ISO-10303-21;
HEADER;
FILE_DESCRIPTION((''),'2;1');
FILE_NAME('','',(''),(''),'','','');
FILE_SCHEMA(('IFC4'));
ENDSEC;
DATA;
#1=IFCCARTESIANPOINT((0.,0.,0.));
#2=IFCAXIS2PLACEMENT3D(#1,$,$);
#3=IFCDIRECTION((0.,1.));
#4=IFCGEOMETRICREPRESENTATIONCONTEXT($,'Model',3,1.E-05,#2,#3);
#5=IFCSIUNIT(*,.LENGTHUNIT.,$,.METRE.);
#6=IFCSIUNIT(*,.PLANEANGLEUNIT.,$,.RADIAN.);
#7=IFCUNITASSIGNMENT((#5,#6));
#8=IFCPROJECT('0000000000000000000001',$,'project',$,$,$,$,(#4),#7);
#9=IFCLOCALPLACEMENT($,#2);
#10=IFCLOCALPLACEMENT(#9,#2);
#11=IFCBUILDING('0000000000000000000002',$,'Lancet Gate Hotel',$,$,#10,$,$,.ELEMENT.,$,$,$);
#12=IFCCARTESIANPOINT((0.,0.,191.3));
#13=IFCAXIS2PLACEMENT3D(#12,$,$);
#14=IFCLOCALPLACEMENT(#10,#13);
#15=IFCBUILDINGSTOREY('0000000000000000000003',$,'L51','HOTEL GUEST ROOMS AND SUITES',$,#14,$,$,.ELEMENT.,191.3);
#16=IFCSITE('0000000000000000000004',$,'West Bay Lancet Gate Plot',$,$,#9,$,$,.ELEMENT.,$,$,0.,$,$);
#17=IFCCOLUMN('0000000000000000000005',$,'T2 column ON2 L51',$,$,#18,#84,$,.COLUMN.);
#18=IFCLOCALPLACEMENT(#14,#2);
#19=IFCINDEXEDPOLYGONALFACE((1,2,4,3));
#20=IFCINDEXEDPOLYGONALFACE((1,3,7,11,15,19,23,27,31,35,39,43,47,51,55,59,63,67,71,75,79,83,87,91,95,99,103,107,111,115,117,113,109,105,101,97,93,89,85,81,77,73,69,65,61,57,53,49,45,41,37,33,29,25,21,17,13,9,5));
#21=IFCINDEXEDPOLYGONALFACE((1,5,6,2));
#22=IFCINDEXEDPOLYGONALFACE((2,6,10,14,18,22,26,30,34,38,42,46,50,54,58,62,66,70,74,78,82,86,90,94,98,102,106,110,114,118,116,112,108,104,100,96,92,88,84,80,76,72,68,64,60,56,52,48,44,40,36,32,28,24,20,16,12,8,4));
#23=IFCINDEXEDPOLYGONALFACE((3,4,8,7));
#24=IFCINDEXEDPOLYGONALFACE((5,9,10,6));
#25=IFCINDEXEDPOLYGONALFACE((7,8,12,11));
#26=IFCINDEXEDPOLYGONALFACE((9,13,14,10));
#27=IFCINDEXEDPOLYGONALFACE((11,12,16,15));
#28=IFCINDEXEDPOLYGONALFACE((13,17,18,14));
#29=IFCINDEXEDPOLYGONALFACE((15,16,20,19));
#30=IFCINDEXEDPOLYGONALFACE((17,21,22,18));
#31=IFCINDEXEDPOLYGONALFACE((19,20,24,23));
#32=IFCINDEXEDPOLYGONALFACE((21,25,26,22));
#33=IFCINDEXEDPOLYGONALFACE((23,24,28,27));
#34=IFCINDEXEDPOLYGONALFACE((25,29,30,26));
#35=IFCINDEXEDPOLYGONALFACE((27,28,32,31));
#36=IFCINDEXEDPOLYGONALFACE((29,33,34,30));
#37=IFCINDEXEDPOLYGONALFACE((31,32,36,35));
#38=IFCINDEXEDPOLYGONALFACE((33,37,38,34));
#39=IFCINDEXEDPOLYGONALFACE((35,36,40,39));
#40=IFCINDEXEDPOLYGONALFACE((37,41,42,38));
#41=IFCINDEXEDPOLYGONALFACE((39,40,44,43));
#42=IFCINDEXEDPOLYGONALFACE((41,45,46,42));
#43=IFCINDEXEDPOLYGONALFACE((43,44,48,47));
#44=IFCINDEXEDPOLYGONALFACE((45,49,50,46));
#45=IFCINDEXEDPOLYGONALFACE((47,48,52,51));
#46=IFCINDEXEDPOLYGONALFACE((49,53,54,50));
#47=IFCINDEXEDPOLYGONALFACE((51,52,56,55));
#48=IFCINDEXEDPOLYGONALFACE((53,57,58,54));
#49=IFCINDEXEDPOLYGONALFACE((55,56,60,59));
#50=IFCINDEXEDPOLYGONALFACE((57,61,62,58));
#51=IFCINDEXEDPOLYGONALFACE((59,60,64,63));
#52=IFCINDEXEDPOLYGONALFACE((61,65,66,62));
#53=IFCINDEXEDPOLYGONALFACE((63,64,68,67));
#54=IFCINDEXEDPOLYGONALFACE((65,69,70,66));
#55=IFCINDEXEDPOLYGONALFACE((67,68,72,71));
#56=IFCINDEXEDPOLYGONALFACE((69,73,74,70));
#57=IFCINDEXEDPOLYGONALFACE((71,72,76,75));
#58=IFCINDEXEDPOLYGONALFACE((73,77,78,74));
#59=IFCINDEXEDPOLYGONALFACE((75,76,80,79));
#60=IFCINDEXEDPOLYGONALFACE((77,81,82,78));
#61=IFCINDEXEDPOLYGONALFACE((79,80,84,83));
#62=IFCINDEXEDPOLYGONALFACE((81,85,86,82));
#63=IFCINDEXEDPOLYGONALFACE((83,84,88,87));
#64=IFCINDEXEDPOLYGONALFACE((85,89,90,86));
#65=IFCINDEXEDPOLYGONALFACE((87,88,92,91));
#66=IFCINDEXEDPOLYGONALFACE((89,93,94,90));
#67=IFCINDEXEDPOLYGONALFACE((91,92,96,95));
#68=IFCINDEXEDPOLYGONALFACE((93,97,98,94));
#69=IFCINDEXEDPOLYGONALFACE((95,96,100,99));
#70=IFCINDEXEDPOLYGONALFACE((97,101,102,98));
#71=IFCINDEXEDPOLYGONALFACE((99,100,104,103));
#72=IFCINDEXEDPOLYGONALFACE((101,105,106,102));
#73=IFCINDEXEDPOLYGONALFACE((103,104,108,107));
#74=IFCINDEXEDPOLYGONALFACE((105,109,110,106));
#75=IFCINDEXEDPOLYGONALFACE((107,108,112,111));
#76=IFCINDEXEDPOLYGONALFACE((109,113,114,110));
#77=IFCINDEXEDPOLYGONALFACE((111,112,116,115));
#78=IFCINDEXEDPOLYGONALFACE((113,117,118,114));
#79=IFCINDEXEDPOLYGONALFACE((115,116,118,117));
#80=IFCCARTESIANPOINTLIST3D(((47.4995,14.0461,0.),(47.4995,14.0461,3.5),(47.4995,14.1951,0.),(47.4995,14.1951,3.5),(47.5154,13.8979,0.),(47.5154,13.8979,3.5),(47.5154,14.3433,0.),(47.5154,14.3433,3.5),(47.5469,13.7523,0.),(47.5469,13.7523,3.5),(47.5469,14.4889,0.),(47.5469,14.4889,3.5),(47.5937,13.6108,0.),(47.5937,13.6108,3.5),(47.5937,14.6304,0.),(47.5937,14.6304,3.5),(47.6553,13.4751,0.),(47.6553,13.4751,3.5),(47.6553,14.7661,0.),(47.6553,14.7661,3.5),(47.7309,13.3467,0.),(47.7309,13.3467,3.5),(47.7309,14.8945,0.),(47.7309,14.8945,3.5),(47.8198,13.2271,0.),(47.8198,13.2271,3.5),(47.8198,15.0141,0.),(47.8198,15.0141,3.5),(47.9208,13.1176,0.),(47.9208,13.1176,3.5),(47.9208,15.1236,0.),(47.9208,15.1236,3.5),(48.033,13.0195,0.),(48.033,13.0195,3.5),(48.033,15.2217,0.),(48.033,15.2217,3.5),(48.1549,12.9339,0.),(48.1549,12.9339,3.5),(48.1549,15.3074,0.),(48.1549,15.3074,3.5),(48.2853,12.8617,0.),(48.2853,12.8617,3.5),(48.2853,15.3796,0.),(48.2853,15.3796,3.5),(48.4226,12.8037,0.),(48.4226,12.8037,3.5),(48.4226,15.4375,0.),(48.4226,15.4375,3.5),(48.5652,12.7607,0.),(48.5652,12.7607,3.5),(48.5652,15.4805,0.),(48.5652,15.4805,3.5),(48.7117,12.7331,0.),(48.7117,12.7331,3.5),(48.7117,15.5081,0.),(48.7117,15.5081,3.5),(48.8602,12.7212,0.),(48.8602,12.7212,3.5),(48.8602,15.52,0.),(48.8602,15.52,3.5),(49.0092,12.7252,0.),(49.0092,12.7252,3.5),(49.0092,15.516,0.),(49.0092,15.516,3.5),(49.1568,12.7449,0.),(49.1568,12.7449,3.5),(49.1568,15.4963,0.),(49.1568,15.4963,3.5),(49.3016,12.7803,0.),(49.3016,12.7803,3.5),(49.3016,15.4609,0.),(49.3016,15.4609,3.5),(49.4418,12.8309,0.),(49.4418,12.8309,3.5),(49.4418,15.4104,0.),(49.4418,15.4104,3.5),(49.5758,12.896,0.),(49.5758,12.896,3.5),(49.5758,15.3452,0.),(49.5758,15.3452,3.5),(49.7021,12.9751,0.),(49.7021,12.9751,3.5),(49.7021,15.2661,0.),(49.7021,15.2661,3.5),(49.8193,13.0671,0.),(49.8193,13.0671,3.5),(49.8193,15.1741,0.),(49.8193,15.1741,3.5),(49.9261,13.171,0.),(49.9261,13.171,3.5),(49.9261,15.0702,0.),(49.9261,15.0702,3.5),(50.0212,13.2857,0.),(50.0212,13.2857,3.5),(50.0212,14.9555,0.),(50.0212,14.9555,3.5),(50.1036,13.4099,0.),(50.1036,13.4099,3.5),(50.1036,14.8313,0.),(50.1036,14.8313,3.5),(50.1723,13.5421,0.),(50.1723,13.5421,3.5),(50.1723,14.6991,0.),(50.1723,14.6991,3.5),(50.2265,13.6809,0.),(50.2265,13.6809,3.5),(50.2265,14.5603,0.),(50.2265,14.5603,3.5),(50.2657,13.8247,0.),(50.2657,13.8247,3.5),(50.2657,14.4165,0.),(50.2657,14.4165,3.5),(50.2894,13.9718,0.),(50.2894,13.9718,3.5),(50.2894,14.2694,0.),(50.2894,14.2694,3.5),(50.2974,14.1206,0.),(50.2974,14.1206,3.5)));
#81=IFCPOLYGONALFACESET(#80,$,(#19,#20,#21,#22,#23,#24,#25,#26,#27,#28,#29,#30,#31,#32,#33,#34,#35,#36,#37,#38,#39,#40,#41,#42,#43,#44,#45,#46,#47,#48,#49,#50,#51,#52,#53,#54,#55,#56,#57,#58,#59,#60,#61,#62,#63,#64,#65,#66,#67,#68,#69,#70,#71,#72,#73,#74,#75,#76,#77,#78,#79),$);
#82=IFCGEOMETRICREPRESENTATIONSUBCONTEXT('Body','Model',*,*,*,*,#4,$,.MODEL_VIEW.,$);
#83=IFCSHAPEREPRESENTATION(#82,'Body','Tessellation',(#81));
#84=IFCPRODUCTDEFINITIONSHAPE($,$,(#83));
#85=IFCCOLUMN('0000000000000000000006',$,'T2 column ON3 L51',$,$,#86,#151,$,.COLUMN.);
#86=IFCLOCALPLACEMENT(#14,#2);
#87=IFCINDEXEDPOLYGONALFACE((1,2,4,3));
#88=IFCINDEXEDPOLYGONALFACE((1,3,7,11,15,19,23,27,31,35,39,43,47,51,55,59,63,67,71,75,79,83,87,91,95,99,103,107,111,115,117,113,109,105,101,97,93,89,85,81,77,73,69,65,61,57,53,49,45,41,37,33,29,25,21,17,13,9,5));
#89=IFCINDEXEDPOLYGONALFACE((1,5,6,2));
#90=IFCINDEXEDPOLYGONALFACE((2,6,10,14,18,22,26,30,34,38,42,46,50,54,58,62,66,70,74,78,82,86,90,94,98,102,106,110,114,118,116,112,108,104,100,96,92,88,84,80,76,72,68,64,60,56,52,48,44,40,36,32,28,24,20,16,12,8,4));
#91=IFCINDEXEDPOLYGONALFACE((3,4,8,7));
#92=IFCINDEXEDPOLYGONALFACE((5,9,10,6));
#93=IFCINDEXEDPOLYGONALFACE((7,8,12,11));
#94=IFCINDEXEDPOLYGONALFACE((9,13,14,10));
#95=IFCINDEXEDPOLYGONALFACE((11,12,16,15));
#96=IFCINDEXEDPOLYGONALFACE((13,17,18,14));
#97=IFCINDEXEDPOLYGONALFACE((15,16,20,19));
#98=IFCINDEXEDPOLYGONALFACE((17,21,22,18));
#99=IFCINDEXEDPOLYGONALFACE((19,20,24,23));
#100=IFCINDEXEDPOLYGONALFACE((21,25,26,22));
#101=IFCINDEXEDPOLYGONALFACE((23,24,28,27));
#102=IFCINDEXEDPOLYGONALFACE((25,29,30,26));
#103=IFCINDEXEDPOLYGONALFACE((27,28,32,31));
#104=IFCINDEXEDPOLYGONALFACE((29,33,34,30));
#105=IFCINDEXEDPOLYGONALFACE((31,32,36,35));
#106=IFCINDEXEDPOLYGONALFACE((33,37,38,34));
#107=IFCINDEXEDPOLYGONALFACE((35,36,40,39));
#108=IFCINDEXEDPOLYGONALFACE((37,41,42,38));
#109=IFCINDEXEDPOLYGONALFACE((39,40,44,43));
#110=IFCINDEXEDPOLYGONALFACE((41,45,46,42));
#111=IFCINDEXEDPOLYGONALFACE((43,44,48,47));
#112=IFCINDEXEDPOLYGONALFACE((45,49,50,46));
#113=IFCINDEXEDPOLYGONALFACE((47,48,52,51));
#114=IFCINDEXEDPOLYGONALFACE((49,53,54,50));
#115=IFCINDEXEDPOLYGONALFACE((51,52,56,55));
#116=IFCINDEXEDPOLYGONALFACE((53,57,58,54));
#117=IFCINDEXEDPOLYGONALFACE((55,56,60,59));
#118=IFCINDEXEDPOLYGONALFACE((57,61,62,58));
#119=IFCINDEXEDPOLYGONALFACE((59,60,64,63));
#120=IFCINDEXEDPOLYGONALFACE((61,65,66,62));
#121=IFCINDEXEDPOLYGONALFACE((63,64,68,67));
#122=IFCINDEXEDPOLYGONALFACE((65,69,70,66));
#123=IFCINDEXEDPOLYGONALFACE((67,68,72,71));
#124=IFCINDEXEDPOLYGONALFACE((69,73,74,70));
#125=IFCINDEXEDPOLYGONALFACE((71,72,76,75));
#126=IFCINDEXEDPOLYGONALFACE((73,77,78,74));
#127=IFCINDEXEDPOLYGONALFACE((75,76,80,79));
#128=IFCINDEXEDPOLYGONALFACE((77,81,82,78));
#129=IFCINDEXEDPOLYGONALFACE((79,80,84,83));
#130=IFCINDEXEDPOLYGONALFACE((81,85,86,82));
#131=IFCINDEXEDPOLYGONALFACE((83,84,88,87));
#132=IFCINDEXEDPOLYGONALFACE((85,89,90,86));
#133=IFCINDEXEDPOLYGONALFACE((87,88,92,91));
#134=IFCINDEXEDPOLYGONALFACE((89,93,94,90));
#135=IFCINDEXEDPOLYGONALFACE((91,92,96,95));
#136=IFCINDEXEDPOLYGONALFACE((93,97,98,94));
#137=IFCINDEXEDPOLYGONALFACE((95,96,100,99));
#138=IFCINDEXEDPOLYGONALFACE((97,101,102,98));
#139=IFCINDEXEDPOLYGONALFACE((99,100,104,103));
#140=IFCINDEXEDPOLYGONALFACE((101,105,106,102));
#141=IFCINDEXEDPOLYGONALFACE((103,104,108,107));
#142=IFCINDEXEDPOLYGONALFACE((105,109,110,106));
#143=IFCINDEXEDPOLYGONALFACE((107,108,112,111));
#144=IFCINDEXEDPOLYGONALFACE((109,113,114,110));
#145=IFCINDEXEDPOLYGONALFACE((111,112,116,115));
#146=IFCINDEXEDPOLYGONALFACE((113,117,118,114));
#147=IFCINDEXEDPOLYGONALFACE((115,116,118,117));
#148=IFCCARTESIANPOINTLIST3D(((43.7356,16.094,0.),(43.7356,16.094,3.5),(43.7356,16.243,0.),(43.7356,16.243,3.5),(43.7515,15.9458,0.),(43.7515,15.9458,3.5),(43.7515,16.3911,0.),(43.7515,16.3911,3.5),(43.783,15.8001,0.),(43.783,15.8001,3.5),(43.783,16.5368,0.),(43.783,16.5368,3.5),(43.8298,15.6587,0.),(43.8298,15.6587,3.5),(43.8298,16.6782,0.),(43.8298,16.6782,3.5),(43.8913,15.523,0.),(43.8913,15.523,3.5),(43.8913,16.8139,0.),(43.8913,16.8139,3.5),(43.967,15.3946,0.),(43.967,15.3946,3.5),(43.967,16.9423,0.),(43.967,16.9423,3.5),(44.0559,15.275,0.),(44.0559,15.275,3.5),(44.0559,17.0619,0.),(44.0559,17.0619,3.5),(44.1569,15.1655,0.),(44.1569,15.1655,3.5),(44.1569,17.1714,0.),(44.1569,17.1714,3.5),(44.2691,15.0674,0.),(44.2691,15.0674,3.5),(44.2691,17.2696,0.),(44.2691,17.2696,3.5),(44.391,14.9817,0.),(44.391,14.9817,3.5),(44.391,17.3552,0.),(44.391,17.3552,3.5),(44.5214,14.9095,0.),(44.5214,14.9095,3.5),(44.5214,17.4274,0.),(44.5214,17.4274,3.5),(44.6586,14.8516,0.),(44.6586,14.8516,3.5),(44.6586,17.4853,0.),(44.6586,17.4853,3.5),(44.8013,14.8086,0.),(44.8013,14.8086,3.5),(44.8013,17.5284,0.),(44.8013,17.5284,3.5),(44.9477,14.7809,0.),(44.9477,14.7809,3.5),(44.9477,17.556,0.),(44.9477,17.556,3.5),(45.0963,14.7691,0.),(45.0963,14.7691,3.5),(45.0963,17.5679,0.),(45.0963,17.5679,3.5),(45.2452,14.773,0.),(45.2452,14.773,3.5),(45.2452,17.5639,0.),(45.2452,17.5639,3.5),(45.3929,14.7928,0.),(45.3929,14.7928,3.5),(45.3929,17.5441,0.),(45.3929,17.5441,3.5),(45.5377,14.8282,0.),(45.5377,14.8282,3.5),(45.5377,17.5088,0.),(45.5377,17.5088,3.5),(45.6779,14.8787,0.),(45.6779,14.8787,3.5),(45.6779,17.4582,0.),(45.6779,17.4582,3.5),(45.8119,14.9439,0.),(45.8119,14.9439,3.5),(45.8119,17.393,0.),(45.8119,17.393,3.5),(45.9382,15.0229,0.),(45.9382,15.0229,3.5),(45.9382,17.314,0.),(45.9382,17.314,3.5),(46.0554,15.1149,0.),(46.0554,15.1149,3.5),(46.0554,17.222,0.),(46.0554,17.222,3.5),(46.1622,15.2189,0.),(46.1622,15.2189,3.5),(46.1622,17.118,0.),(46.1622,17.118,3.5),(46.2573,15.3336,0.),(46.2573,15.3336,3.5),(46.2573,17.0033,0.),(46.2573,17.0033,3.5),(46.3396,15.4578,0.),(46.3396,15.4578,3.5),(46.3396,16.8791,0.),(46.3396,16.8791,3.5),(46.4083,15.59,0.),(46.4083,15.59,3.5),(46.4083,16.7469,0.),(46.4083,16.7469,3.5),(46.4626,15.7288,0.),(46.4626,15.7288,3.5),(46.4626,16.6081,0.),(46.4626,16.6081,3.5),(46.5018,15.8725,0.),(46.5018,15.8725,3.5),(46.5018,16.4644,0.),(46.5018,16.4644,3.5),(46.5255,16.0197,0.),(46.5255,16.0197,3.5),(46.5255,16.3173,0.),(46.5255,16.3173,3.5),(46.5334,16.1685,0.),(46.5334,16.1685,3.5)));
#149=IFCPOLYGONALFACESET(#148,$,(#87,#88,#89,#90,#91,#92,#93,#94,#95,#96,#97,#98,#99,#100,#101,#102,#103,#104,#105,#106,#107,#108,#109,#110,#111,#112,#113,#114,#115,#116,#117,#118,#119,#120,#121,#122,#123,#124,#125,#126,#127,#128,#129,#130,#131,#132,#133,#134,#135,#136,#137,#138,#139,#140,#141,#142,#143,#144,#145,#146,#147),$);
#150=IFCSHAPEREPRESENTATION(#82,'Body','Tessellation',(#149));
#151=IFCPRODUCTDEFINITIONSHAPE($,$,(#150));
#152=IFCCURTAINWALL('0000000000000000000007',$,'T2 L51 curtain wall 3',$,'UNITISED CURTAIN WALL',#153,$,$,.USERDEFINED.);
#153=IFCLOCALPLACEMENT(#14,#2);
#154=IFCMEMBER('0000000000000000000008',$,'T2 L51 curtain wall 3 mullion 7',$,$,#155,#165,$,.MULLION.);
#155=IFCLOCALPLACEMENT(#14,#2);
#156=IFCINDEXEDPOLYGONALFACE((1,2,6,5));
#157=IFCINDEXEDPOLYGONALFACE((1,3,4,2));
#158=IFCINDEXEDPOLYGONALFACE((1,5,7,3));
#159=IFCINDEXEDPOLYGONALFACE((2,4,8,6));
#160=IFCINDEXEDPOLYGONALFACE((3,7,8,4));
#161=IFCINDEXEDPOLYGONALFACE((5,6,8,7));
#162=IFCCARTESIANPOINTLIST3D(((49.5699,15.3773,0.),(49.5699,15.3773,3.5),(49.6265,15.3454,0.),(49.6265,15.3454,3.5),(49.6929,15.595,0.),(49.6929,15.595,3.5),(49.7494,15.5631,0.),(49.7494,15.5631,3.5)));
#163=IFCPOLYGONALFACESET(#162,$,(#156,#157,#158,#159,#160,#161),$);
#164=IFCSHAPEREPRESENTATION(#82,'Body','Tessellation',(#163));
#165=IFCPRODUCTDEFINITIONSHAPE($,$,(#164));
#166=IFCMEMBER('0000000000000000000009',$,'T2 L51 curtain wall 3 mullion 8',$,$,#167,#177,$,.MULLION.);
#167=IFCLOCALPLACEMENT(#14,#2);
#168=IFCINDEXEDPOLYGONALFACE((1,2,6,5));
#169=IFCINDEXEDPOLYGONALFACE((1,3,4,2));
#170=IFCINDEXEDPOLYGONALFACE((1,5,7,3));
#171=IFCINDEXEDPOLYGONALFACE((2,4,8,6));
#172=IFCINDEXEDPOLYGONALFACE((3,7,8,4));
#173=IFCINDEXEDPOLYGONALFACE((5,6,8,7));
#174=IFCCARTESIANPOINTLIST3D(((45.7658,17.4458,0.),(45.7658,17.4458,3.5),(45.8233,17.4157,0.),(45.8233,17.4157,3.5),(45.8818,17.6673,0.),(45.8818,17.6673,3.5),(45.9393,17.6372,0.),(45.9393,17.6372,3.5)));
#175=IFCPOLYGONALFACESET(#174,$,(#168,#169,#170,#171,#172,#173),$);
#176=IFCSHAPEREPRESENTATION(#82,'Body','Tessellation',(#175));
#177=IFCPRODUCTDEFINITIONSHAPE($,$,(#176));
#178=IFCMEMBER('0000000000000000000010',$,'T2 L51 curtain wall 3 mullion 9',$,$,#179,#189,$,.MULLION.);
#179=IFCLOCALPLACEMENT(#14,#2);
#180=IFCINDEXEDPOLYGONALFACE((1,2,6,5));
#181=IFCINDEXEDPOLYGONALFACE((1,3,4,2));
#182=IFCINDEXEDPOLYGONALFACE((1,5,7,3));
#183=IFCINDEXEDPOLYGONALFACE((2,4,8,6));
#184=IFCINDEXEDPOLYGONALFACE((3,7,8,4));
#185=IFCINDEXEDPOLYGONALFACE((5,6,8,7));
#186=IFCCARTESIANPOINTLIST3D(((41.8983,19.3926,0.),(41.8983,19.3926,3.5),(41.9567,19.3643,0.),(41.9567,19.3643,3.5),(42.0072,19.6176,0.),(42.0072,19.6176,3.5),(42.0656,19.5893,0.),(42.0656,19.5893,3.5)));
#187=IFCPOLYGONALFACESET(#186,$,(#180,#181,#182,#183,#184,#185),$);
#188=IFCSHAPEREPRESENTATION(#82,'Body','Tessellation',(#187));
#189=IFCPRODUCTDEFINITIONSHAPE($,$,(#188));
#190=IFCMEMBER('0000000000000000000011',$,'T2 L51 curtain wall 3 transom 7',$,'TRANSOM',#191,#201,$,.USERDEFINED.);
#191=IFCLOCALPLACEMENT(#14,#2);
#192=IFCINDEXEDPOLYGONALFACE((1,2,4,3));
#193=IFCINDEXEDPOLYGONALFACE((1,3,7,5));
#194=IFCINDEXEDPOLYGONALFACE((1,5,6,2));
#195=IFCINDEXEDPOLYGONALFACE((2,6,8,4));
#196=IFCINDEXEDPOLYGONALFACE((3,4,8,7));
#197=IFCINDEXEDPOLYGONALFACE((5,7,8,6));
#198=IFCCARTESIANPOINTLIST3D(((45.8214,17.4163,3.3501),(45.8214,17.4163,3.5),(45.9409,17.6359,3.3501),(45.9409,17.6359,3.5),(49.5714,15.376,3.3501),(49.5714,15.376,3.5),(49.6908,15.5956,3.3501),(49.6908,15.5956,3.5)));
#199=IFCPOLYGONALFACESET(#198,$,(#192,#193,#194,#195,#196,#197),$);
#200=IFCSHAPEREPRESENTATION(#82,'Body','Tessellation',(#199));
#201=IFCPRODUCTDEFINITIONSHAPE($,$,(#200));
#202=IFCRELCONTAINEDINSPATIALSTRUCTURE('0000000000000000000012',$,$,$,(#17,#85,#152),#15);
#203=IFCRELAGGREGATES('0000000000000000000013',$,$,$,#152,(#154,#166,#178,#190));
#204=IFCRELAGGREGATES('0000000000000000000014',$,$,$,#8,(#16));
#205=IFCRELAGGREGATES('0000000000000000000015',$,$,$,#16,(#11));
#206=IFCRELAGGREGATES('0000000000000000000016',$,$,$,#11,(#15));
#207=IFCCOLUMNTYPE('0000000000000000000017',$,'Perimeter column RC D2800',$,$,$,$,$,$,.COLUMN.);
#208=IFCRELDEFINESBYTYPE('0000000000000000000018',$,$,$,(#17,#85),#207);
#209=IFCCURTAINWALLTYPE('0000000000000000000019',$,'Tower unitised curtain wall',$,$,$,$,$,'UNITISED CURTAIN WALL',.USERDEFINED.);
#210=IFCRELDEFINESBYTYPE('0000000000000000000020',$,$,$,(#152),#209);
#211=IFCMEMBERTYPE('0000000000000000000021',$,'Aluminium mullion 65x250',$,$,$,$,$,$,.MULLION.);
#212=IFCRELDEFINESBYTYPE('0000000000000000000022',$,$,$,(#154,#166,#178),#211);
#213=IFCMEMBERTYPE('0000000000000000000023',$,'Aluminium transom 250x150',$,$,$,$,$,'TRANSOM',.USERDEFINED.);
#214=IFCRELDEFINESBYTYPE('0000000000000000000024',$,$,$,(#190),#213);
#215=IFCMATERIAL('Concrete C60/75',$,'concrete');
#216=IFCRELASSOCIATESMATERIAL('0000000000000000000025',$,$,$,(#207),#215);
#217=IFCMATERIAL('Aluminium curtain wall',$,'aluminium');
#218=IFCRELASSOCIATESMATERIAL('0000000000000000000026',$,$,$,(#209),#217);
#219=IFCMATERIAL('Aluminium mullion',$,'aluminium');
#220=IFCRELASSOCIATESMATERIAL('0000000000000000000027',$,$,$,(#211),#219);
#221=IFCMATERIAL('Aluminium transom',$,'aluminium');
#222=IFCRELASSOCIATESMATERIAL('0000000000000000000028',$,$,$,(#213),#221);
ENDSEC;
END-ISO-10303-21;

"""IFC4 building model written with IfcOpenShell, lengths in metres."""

from ifc_helpers import new_model, si_unit, direction, frame, origin, origin_2d, place, context, subcontext, project, spatial, rectangle, circle, extrude, material, material_profile, profile_set, type_object, element, aggregate, save


model = new_model("IFC4")

# Units and contexts
model_context = context("Model", 3, precision=1e-05, world=origin(), true_north=direction((0.0, 1.0)))
body_context = subcontext(model_context, "Body", "Model", "MODEL_VIEW")
ifc_project = project(units=[si_unit("LENGTHUNIT", "METRE"), si_unit("PLANEANGLEUNIT", "RADIAN")], contexts=[model_context])

# Site, building, storey
site_placement = place(None, origin())
site = spatial("IfcSite", under=ifc_project, at=site_placement, Name="West Bay Lancet Gate Plot", CompositionType="ELEMENT", RefElevation=0.0)
building_placement = place(site_placement, origin())
building = spatial("IfcBuilding", under=site, at=building_placement, Name="Lancet Gate Hotel", CompositionType="ELEMENT")
storey_placement = place(building_placement, frame((0.0, 0.0, 191.3)))
storey = spatial("IfcBuildingStorey", under=building, at=storey_placement, Name="L51", Description="HOTEL GUEST ROOMS AND SUITES", CompositionType="ELEMENT", Elevation=191.3)

# Columns
ifc_material_1 = material(Name="Concrete C60/75", Category="concrete")
ifc_material_profile_1 = material_profile(ifc_material_1, circle(Radius=1.3999, at=origin_2d()), Name="RC D2800")
ifc_profile_set_1 = profile_set([ifc_material_profile_1], Name="Concrete C60/75")
column_type = type_object("IfcColumnType", Name="Perimeter column RC D2800", PredefinedType="COLUMN", material=ifc_profile_set_1)
for number, where, z_axis, x_axis, name in (
    (1, (48.8975, 14.1206, 0.0), (0.0, 0.0, 1.0), (1.0, 0.0, 0.0), "T2 column ON2 L51"),
    (2, (45.1335, 16.1685, 0.0), (0.0, 0.0, 1.0), (1.0, 0.0, 0.0), "T2 column ON3 L51"),
):
    element("IfcColumn", number, at=place(storey_placement, frame(where, z_axis=z_axis, x_axis=x_axis)), inside=storey, type_object=column_type, Name=name, PredefinedType="COLUMN", context=body_context, shape_type="SweptSolid", body=[
        extrude(circle(Radius=1.3999, at=origin_2d()), origin(), (0.0, 0.0, 1.0), 3.5),
    ])

# Curtain wall, members
ifc_material_2 = material(Name="Aluminium curtain wall", Category="aluminium")
curtain_wall_type = type_object("IfcCurtainWallType", Name="Tower unitised curtain wall", ElementType="UNITISED CURTAIN WALL", PredefinedType="USERDEFINED", material=ifc_material_2)
curtain_wall_placement = place(storey_placement, origin())
curtain_wall = element("IfcCurtainWall", 3, at=curtain_wall_placement, inside=storey, type_object=curtain_wall_type, Name="T2 L51 curtain wall 3", ObjectType="UNITISED CURTAIN WALL", PredefinedType="USERDEFINED")
ifc_material_3 = material(Name="Aluminium mullion", Category="aluminium")
ifc_material_profile_2 = material_profile(ifc_material_3, rectangle(XDim=0.0649, YDim=0.25, at=origin_2d()), Name="MULLION 65x250")
ifc_profile_set_2 = profile_set([ifc_material_profile_2], Name="Aluminium mullion")
member_type_1 = type_object("IfcMemberType", Name="Aluminium mullion 65x250", PredefinedType="MULLION", material=ifc_profile_set_2)
member_1_placement = place(storey_placement, frame((49.6597, 15.4702, 0.0), z_axis=(0.0, 0.0, 1.0), x_axis=(-0.870722, 0.491776, 0.0)))
member_1 = element("IfcMember", 4, at=member_1_placement, type_object=member_type_1, Name="T2 L51 curtain wall 3 mullion 7", PredefinedType="MULLION", context=body_context, shape_type="SweptSolid", body=[
    extrude(rectangle(XDim=0.0649, YDim=0.25, at=origin_2d()), origin(), (0.0, 0.0, 1.0), 3.5),
])
member_2_placement = place(storey_placement, frame((45.8525, 17.5415, 0.0), z_axis=(0.0, 0.0, 1.0), x_axis=(-0.885877, 0.46392, 0.0)))
member_2 = element("IfcMember", 5, at=member_2_placement, type_object=member_type_1, Name="T2 L51 curtain wall 3 mullion 8", PredefinedType="MULLION", context=body_context, shape_type="SweptSolid", body=[
    extrude(rectangle(XDim=0.0649, YDim=0.25, at=origin_2d()), origin(), (0.0, 0.0, 1.0), 3.5),
])
member_3_placement = place(storey_placement, frame((41.9819, 19.491, 0.0), z_axis=(0.0, 0.0, 1.0), x_axis=(-0.900141, 0.435598, 0.0)))
member_3 = element("IfcMember", 6, at=member_3_placement, type_object=member_type_1, Name="T2 L51 curtain wall 3 mullion 9", PredefinedType="MULLION", context=body_context, shape_type="SweptSolid", body=[
    extrude(rectangle(XDim=0.0649, YDim=0.25, at=origin_2d()), origin(), (0.0, 0.0, 1.0), 3.5),
])
ifc_material_4 = material(Name="Aluminium transom", Category="aluminium")
ifc_material_profile_3 = material_profile(ifc_material_4, rectangle(XDim=0.25, YDim=0.1499, at=origin_2d()), Name="TRANSOM 250x150")
ifc_profile_set_3 = profile_set([ifc_material_profile_3], Name="Aluminium transom")
member_type_2 = type_object("IfcMemberType", Name="Aluminium transom 250x150", ElementType="TRANSOM", PredefinedType="USERDEFINED", material=ifc_profile_set_3)
member_4_placement = place(storey_placement, frame((49.6311, 15.4858, 3.425), z_axis=(-0.878404, 0.477918, 0.0), x_axis=(-0.477918, -0.878404, 0.0)))
member_4 = element("IfcMember", 7, at=member_4_placement, type_object=member_type_2, Name="T2 L51 curtain wall 3 transom 7", ObjectType="TRANSOM", PredefinedType="USERDEFINED", context=body_context, shape_type="SweptSolid", body=[
    extrude(rectangle(XDim=0.25, YDim=0.1499, at=origin_2d()), origin(), (0.0, 0.0, 1.0), 4.269),
])

aggregate(curtain_wall, [member_1, member_2, member_3, member_4])

save(model, "model.ifc")
